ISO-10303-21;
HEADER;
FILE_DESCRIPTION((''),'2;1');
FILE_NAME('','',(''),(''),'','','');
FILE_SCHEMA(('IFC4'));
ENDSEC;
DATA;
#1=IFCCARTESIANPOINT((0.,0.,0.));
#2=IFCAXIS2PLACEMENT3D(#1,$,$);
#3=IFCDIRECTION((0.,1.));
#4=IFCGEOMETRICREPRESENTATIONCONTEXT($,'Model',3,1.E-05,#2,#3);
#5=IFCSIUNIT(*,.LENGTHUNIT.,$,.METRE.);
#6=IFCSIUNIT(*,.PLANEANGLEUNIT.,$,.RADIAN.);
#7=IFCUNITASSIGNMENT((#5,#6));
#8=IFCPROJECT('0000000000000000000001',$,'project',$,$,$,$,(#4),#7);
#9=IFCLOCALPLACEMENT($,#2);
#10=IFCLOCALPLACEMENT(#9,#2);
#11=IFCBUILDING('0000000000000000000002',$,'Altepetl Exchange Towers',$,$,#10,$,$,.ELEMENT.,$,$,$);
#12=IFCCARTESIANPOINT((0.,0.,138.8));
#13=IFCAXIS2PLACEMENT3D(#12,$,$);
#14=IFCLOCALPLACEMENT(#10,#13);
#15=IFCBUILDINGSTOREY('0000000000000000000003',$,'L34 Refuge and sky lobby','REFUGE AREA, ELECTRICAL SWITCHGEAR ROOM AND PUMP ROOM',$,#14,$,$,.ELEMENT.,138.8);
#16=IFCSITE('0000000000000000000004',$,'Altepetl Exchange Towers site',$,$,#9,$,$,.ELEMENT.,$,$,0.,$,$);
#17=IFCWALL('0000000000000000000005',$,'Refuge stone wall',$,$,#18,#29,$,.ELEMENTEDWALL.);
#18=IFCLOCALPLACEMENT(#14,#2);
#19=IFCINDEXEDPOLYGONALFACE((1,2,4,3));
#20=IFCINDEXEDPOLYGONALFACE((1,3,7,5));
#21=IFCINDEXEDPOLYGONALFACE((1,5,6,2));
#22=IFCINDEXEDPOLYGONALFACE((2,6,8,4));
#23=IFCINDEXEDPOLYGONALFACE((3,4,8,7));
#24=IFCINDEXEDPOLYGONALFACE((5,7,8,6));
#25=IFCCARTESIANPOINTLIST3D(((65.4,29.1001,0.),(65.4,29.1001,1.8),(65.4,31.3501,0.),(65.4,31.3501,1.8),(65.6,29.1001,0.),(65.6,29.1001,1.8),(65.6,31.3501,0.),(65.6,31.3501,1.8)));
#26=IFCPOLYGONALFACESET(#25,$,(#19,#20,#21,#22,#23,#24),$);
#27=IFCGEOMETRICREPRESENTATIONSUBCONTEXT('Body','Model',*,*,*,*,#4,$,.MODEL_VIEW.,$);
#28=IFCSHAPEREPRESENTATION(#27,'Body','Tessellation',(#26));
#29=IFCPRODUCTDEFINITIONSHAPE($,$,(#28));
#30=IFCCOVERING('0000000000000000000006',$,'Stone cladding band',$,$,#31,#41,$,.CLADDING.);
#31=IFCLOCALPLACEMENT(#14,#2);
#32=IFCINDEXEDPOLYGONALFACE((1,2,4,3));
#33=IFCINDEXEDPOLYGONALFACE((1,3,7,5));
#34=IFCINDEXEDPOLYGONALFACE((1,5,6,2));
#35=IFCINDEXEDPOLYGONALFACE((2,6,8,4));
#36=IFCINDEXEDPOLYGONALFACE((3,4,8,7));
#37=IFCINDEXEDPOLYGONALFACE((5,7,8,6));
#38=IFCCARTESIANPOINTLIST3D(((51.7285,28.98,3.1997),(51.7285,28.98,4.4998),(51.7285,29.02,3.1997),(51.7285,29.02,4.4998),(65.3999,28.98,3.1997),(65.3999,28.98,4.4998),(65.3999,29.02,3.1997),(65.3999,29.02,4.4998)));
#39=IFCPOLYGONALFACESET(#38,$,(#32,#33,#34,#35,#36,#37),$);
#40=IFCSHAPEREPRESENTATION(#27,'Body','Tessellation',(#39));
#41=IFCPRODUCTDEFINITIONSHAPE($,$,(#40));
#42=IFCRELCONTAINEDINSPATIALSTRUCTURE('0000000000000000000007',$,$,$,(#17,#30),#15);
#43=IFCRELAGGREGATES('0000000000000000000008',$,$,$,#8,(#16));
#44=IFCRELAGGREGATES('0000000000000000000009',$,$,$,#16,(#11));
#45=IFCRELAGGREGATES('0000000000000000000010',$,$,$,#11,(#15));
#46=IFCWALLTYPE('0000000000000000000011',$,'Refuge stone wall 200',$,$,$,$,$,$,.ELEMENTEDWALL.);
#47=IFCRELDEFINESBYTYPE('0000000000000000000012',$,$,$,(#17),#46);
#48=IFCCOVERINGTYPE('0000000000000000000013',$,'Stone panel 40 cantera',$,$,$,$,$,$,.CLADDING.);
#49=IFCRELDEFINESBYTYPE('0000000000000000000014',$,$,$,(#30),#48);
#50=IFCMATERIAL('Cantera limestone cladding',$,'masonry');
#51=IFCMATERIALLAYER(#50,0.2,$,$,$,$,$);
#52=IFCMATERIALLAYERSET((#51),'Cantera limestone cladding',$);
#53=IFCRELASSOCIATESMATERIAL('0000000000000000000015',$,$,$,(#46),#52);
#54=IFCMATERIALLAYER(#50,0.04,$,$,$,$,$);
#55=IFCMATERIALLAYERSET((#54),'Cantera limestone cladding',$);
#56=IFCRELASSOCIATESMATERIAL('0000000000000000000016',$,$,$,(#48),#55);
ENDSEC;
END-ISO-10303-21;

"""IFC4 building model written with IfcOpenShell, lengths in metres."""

from ifc_helpers import new_model, si_unit, direction, frame, frame_2d, origin, origin_2d, place, context, subcontext, project, spatial, rectangle, extrude, material, layer, layer_set, type_object, element, save


model = new_model("IFC4")

# Units and contexts
model_context = context("Model", 3, precision=1e-05, world=origin(), true_north=direction((0.0, 1.0)))
body_context = subcontext(model_context, "Body", "Model", "MODEL_VIEW")
ifc_project = project(units=[si_unit("LENGTHUNIT", "METRE"), si_unit("PLANEANGLEUNIT", "RADIAN")], contexts=[model_context])

# Site, building, storey
site_placement = place(None, origin())
site = spatial("IfcSite", under=ifc_project, at=site_placement, Name="Altepetl Exchange Towers site", CompositionType="ELEMENT", RefElevation=0.0)
building_placement = place(site_placement, origin())
building = spatial("IfcBuilding", under=site, at=building_placement, Name="Altepetl Exchange Towers", CompositionType="ELEMENT")
storey_placement = place(building_placement, frame((0.0, 0.0, 138.8)))
storey = spatial("IfcBuildingStorey", under=building, at=storey_placement, Name="L34 Refuge and sky lobby", Description="REFUGE AREA, ELECTRICAL SWITCHGEAR ROOM AND PUMP ROOM", CompositionType="ELEMENT", Elevation=138.8)

# Wall
ifc_material_1 = material(Name="Cantera limestone cladding", Category="masonry")
ifc_layer_1 = layer(ifc_material_1, 0.2)
ifc_layer_set_1 = layer_set([ifc_layer_1], Name="Cantera limestone cladding")
wall_type_1 = type_object("IfcWallType", Name="Refuge stone wall 200", PredefinedType="ELEMENTEDWALL", material=ifc_layer_set_1)
wall_1_placement = place(storey_placement, frame((65.5, 29.1001, 0.0), z_axis=(0.0, 0.0, 1.0), x_axis=(0.0, 1.0, 0.0)))
element("IfcWall", 1, at=wall_1_placement, inside=storey, type_object=wall_type_1, Name="Refuge stone wall", PredefinedType="ELEMENTEDWALL", context=body_context, shape_type="SweptSolid", body=[
    extrude(rectangle(XDim=2.25, YDim=0.2, at=frame_2d((1.125, 0.0))), origin(), (0.0, 0.0, 1.0), 1.8),
])

# Covering
ifc_layer_2 = layer(ifc_material_1, 0.04)
ifc_layer_set_2 = layer_set([ifc_layer_2], Name="Cantera limestone cladding")
covering_type = type_object("IfcCoveringType", Name="Stone panel 40 cantera", PredefinedType="CLADDING", material=ifc_layer_set_2)
covering_placement = place(storey_placement, frame((58.5642, 29.0, 3.1997)))
element("IfcCovering", 2, at=covering_placement, inside=storey, type_object=covering_type, Name="Stone cladding band", PredefinedType="CLADDING", context=body_context, shape_type="SweptSolid", body=[
    extrude(rectangle(XDim=13.6714, YDim=0.04, at=origin_2d()), origin(), (0.0, 0.0, 1.0), 1.3),
])

save(model, "model.ifc")
